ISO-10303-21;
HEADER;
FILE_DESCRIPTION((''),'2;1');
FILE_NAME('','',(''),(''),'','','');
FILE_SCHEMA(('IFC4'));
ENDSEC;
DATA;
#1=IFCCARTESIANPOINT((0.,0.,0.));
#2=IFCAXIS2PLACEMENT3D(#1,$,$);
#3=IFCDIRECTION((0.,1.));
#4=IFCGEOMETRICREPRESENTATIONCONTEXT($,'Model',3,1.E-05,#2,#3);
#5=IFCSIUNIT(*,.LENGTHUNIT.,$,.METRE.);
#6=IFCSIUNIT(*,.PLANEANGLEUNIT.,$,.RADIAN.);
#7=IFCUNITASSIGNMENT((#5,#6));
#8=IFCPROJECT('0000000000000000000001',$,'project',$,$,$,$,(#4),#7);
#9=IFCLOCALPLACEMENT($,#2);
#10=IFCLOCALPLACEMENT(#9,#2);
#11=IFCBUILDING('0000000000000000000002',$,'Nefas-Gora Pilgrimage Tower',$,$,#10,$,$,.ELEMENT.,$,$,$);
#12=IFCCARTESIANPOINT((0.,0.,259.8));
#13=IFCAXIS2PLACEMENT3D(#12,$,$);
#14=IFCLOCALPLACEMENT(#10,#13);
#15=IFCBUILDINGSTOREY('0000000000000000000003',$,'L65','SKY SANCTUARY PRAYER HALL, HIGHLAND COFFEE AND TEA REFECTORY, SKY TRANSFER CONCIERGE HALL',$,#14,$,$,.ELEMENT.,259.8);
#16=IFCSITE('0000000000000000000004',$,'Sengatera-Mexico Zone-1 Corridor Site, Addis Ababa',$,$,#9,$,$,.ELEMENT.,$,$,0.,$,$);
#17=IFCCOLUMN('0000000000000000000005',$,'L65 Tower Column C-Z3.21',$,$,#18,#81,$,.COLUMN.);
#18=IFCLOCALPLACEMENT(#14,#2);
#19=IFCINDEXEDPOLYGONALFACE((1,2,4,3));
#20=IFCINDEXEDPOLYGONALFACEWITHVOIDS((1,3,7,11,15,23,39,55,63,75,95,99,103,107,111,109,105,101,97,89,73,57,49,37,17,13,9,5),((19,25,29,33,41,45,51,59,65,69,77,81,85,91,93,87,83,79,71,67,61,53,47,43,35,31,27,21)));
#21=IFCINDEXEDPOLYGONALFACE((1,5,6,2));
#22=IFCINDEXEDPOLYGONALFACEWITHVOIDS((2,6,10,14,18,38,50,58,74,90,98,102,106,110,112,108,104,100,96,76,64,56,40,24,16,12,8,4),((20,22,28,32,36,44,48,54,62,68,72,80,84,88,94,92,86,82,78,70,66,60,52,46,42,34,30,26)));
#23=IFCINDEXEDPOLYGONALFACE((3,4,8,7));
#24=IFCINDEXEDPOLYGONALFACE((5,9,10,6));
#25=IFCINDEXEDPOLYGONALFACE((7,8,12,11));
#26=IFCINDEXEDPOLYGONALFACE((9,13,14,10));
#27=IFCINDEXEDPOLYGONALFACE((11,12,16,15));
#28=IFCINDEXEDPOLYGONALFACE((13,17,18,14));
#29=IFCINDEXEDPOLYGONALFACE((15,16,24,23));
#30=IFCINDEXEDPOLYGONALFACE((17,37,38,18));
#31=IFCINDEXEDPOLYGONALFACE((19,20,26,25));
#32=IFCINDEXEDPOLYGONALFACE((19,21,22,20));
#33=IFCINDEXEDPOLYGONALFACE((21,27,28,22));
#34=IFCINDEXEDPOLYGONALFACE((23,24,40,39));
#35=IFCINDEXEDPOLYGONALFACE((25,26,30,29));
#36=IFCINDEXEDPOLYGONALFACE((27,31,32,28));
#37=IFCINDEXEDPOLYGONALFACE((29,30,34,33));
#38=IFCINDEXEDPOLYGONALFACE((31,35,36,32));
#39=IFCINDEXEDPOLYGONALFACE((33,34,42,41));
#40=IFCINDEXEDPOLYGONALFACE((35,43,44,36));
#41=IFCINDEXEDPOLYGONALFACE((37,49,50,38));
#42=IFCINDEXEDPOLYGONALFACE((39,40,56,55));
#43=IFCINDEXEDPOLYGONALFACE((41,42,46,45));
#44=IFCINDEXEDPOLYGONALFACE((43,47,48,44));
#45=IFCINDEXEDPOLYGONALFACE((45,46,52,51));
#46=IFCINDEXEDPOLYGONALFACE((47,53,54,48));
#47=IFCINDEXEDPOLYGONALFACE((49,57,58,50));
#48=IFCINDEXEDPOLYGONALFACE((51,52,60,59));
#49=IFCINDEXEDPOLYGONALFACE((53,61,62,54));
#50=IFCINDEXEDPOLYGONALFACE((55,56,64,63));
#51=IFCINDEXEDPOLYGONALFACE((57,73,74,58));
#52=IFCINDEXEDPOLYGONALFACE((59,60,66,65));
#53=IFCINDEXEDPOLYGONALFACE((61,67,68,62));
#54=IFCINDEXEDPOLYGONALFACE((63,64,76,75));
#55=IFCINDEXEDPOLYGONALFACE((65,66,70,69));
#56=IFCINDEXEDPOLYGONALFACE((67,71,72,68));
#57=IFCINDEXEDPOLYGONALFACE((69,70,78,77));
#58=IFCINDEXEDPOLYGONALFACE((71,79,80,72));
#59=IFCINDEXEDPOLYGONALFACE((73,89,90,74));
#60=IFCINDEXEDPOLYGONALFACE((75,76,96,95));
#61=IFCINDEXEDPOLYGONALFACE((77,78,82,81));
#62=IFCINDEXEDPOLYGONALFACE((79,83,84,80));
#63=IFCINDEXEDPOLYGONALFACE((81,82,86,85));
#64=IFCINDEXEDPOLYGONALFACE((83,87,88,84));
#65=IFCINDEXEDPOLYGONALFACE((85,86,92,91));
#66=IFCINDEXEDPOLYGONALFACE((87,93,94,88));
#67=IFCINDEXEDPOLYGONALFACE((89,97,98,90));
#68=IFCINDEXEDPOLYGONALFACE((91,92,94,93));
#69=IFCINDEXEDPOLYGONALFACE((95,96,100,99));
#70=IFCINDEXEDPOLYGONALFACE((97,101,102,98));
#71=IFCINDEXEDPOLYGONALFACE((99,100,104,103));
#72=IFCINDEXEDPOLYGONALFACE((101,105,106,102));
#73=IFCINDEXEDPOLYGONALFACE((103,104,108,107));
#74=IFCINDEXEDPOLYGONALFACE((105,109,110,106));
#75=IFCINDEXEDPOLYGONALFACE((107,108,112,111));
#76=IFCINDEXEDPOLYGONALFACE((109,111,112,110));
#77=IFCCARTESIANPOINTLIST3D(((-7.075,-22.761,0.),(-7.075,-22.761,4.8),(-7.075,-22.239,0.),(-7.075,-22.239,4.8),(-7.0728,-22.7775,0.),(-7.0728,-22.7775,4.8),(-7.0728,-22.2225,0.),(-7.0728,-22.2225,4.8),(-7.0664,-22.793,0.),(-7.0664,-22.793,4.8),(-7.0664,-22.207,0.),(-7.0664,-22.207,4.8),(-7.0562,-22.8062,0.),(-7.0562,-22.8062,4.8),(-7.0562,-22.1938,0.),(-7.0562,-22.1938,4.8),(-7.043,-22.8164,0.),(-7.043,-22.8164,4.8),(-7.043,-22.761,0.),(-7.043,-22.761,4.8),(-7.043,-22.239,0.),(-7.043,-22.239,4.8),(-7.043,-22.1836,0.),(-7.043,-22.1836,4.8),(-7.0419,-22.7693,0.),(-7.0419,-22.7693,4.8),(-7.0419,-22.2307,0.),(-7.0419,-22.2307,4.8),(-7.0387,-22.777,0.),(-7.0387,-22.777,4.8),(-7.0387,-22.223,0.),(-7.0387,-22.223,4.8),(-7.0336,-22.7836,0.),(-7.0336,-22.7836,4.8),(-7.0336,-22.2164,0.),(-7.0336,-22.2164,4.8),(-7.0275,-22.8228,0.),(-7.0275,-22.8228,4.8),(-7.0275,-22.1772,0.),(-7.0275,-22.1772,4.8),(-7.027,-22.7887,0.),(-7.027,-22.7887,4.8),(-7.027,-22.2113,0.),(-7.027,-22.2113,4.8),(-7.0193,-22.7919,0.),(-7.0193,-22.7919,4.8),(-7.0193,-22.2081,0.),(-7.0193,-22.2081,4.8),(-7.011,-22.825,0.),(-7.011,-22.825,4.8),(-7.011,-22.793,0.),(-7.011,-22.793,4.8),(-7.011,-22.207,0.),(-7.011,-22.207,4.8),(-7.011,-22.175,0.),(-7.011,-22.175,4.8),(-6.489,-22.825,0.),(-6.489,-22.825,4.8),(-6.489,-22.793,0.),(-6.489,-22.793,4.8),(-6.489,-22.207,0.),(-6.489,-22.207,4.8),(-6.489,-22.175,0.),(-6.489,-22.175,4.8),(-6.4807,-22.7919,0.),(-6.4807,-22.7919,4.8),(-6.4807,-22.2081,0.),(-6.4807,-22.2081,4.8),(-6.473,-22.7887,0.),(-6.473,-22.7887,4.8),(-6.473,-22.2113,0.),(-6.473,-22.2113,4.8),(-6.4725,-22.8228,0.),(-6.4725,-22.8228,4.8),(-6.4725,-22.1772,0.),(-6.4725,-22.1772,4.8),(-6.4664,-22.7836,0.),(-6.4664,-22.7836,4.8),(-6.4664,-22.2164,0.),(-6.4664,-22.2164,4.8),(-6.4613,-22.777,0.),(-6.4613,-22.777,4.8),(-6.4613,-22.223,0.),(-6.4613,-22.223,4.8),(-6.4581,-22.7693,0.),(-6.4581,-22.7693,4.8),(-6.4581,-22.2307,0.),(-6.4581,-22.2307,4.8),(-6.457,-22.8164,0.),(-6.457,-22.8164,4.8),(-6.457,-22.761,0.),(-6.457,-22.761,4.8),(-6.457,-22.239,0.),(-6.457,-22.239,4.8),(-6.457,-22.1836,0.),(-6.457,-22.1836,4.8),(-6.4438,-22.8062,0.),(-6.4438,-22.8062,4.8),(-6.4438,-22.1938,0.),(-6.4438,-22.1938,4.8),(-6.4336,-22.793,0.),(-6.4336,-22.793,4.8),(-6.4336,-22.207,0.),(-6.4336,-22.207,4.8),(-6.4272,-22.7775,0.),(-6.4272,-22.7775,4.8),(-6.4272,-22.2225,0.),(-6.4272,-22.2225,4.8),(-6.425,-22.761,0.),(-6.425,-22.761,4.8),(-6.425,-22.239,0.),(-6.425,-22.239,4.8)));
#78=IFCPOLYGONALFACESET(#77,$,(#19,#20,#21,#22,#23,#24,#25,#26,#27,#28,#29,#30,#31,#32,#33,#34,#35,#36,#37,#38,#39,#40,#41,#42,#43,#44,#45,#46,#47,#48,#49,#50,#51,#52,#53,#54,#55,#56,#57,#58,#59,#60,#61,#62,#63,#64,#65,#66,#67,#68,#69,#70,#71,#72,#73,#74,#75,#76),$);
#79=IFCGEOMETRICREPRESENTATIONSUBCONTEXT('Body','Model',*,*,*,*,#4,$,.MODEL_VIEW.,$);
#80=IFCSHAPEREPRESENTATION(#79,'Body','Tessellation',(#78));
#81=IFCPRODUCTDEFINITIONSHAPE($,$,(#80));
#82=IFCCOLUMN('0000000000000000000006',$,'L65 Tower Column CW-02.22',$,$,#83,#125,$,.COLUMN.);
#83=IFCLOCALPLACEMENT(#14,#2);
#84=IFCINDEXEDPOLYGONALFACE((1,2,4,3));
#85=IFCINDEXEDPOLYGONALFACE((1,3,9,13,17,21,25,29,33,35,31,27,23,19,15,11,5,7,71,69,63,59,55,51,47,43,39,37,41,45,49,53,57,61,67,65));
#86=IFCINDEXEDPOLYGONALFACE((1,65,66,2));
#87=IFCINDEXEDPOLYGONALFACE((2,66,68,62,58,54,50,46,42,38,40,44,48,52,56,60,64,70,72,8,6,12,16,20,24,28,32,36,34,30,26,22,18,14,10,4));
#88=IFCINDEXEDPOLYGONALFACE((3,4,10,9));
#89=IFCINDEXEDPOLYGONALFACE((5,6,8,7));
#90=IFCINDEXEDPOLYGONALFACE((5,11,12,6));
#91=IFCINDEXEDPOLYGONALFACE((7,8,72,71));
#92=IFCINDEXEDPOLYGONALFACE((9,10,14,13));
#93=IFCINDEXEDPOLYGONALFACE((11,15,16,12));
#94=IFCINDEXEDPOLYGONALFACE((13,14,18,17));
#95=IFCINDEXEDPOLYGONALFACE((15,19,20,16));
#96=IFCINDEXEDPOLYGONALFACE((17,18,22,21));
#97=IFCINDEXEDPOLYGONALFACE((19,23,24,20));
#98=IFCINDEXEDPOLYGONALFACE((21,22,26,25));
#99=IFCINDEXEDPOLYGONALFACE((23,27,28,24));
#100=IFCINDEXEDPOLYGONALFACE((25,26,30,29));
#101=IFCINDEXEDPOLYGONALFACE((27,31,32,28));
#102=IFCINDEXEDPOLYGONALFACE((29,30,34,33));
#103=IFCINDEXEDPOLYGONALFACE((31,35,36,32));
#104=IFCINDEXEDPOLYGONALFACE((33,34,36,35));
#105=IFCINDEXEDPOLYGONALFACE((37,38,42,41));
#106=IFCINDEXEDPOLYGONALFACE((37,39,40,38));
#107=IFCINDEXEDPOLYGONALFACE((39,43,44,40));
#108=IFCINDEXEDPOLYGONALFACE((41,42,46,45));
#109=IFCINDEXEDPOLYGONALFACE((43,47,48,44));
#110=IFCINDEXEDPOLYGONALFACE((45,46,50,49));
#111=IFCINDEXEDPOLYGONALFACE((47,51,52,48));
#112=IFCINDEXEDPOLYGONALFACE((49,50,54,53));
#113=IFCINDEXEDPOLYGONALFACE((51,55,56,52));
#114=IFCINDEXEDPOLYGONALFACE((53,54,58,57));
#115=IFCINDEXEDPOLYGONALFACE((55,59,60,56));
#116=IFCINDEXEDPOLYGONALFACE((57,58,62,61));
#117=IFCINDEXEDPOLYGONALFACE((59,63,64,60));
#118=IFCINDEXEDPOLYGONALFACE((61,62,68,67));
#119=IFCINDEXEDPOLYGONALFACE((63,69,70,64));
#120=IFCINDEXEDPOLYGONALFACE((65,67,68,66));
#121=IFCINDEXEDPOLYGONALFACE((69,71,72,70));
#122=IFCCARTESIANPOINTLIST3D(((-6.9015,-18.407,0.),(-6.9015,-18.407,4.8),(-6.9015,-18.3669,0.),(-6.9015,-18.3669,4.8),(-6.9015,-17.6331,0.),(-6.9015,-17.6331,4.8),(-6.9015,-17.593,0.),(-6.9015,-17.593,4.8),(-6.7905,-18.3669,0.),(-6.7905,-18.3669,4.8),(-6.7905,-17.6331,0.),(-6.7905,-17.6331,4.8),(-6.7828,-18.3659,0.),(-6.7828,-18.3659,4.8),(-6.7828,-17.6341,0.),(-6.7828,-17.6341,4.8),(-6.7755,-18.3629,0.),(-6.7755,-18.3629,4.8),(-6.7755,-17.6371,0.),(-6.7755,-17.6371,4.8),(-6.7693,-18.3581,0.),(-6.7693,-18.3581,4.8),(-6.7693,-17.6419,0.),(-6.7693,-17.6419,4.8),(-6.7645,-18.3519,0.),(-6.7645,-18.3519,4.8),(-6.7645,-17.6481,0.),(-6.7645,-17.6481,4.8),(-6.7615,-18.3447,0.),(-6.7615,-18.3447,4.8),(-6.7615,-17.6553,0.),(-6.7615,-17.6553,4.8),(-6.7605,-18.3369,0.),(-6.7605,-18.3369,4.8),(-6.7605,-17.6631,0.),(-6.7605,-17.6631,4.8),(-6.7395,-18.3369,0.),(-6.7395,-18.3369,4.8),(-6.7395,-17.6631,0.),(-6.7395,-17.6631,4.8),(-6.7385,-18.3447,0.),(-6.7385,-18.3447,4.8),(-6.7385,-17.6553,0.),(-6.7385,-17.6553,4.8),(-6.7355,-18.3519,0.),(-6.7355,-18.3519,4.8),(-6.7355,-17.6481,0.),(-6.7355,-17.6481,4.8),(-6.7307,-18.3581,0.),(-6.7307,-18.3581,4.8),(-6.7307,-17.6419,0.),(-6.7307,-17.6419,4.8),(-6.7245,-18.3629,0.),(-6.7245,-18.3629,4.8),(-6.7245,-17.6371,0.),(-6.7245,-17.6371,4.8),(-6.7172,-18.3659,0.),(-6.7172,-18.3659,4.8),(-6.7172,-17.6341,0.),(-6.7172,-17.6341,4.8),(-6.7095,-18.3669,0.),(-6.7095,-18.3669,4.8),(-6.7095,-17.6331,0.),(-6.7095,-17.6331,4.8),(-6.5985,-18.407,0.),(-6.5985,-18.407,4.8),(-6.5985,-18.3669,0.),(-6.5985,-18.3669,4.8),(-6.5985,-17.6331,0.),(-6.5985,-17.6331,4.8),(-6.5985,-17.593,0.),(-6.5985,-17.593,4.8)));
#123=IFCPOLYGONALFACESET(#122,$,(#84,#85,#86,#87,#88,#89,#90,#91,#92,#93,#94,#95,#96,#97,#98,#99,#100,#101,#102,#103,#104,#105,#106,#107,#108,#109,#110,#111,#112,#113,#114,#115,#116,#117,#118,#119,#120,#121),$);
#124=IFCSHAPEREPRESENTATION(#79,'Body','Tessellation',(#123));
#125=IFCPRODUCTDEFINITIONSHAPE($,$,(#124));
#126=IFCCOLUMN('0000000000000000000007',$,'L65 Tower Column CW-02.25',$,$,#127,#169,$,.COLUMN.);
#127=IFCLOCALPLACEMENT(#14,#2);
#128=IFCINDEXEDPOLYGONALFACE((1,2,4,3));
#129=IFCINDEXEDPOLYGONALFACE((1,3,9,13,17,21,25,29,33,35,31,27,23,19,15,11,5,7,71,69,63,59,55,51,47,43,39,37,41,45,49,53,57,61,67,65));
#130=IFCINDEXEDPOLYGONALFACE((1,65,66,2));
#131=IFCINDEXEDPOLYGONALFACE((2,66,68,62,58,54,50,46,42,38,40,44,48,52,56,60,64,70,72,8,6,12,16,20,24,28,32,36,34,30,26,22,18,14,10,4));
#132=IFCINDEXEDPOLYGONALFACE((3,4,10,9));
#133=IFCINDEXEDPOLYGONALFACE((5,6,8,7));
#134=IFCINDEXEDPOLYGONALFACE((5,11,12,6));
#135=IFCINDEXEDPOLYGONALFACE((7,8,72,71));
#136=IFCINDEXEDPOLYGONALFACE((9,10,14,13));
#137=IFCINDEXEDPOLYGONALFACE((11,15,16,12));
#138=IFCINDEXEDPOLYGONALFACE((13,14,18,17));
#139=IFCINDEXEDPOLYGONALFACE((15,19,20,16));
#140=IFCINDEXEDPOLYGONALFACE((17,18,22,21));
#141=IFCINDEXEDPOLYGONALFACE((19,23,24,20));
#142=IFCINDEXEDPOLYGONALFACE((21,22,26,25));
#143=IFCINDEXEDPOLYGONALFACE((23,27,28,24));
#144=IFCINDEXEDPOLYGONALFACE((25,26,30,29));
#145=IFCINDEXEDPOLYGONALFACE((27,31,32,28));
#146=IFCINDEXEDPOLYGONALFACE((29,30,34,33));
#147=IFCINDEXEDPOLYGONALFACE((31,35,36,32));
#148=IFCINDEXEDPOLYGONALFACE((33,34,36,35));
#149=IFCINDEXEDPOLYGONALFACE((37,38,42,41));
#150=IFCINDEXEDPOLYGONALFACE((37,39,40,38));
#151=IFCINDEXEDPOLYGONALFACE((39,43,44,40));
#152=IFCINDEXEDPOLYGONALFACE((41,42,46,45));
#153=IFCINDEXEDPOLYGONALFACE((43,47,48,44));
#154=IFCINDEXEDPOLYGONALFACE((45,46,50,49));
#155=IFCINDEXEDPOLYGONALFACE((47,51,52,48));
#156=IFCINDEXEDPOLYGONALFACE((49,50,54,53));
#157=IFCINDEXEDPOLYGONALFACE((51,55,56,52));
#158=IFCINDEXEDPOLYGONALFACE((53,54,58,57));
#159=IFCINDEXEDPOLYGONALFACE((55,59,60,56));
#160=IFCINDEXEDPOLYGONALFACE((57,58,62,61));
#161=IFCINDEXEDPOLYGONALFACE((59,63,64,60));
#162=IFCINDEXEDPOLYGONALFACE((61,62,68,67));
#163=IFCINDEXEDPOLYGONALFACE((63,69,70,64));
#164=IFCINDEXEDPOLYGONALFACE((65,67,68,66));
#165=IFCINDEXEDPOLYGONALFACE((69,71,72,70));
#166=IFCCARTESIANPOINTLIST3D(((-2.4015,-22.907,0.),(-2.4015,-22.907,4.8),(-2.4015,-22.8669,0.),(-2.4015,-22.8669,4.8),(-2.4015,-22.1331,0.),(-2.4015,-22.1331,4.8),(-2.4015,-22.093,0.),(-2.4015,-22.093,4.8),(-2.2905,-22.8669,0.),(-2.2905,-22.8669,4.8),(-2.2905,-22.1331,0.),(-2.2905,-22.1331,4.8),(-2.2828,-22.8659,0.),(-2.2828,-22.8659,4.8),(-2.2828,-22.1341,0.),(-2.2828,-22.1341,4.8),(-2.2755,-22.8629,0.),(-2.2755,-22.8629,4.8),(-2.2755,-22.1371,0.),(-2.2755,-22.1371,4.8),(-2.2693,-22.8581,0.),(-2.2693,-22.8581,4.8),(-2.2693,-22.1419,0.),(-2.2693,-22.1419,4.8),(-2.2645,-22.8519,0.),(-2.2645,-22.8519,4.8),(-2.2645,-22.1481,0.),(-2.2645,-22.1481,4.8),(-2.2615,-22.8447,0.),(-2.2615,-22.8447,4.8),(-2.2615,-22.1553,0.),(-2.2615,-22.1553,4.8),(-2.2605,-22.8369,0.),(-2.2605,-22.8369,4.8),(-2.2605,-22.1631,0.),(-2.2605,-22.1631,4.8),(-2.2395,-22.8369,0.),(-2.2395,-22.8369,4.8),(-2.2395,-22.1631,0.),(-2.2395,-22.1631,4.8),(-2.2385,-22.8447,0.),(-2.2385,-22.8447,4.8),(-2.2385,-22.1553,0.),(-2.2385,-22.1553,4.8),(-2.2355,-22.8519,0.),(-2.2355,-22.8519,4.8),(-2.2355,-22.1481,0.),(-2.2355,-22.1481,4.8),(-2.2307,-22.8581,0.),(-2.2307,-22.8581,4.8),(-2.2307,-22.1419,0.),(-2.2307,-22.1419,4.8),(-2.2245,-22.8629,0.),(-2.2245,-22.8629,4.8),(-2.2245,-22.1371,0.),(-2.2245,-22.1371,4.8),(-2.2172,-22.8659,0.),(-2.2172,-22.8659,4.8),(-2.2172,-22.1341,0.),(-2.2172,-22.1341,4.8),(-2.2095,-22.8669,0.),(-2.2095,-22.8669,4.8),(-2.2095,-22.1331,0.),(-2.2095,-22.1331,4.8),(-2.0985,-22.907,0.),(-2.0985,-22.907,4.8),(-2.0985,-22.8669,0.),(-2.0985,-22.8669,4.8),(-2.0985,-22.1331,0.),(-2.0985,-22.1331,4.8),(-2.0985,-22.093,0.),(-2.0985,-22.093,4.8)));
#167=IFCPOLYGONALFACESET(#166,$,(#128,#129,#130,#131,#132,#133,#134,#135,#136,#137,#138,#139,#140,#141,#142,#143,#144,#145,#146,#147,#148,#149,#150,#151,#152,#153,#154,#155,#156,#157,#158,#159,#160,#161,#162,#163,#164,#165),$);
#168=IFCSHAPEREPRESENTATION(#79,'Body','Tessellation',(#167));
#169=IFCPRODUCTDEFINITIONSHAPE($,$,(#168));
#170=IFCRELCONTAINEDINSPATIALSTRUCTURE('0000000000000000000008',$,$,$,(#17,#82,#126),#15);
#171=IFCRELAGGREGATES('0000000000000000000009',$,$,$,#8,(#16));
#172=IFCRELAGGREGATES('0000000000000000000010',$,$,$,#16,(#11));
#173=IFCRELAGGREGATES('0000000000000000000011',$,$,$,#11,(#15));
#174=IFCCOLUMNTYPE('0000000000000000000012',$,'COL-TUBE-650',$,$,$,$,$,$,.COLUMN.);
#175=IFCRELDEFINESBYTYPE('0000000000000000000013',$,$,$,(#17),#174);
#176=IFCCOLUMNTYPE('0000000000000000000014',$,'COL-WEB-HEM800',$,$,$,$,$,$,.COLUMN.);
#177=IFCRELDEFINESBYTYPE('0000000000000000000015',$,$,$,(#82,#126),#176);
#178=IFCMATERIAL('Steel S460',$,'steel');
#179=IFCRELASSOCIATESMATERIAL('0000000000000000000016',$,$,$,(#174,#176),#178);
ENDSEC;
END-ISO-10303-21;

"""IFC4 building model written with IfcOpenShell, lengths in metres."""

from ifc_helpers import new_model, si_unit, direction, frame, origin, origin_2d, place, context, subcontext, project, spatial, hollow_rectangle, i_section, extrude, source, transform, mapped, material, material_profile, profile_set, type_object, element, save


model = new_model("IFC4")

# Units and contexts
model_context = context("Model", 3, precision=1e-05, world=origin(), true_north=direction((0.0, 1.0)))
body_context = subcontext(model_context, "Body", "Model", "MODEL_VIEW")
ifc_project = project(units=[si_unit("LENGTHUNIT", "METRE"), si_unit("PLANEANGLEUNIT", "RADIAN")], contexts=[model_context])

# Site, building, storey
site_placement = place(None, origin())
site = spatial("IfcSite", under=ifc_project, at=site_placement, Name="Sengatera-Mexico Zone-1 Corridor Site, Addis Ababa", CompositionType="ELEMENT", RefElevation=0.0)
building_placement = place(site_placement, origin())
building = spatial("IfcBuilding", under=site, at=building_placement, Name="Nefas-Gora Pilgrimage Tower", CompositionType="ELEMENT")
storey_placement = place(building_placement, frame((0.0, 0.0, 259.8)))
storey = spatial("IfcBuildingStorey", under=building, at=storey_placement, Name="L65", Description="SKY SANCTUARY PRAYER HALL, HIGHLAND COFFEE AND TEA REFECTORY, SKY TRANSFER CONCIERGE HALL", CompositionType="ELEMENT", Elevation=259.8)

# Columns
ifc_material_1 = material(Name="Steel S460", Category="steel")
ifc_material_profile_1 = material_profile(ifc_material_1, hollow_rectangle(XDim=0.6499, YDim=0.6499, WallThickness=0.032, InnerFilletRadius=0.032, OuterFilletRadius=0.064, at=origin_2d()), Name="BOX 650x650x32")
ifc_profile_set_1 = profile_set([ifc_material_profile_1], Name="Steel S460")
column_type_1 = type_object("IfcColumnType", Name="COL-TUBE-650", PredefinedType="COLUMN", material=ifc_profile_set_1)
shared_shape_1 = source(origin(), body_context, "Body", "SweptSolid", [
    extrude(hollow_rectangle(XDim=0.6499, YDim=0.6499, WallThickness=0.032, InnerFilletRadius=0.032, OuterFilletRadius=0.064, at=origin_2d()), origin(), (0.0, 0.0, 1.0), 4.8),
])
column_placement = place(storey_placement, frame((-6.75, -22.5, 0.0), z_axis=(0.0, 0.0, 1.0), x_axis=(1.0, 0.0, 0.0)))
element("IfcColumn", 1, at=column_placement, inside=storey, type_object=column_type_1, Name="L65 Tower Column C-Z3.21", PredefinedType="COLUMN", context=body_context, shape_type="MappedRepresentation", body=[
    mapped(shared_shape_1, transform((0.0, 0.0, 0.0), x_axis=(1.0, 0.0, 0.0), y_axis=(0.0, 1.0, 0.0), z_axis=(0.0, 0.0, 1.0), scale=1.0)),
])
ifc_material_profile_2 = material_profile(ifc_material_1, i_section(OverallWidth=0.303, OverallDepth=0.814, WebThickness=0.021, FlangeThickness=0.04, FilletRadius=0.03, at=origin_2d()), Name="HEM 800")
ifc_profile_set_2 = profile_set([ifc_material_profile_2], Name="Steel S460")
column_type_2 = type_object("IfcColumnType", Name="COL-WEB-HEM800", PredefinedType="COLUMN", material=ifc_profile_set_2)
shared_shape_2 = source(origin(), body_context, "Body", "SweptSolid", [
    extrude(i_section(OverallWidth=0.303, OverallDepth=0.814, WebThickness=0.021, FlangeThickness=0.04, FilletRadius=0.03, at=origin_2d()), origin(), (0.0, 0.0, 1.0), 4.8),
])
for number, where, z_axis, x_axis, name in (
    (2, (-6.75, -18.0, 0.0), (0.0, 0.0, 1.0), (1.0, 0.0, 0.0), "L65 Tower Column CW-02.22"),
    (3, (-2.25, -22.5, 0.0), (0.0, 0.0, 1.0), (1.0, 0.0, 0.0), "L65 Tower Column CW-02.25"),
):
    element("IfcColumn", number, at=place(storey_placement, frame(where, z_axis=z_axis, x_axis=x_axis)), inside=storey, type_object=column_type_2, Name=name, PredefinedType="COLUMN", context=body_context, shape_type="MappedRepresentation", body=[
        mapped(shared_shape_2, transform((0.0, 0.0, 0.0), x_axis=(1.0, 0.0, 0.0), y_axis=(0.0, 1.0, 0.0), z_axis=(0.0, 0.0, 1.0), scale=1.0)),
    ])

save(model, "model.ifc")
